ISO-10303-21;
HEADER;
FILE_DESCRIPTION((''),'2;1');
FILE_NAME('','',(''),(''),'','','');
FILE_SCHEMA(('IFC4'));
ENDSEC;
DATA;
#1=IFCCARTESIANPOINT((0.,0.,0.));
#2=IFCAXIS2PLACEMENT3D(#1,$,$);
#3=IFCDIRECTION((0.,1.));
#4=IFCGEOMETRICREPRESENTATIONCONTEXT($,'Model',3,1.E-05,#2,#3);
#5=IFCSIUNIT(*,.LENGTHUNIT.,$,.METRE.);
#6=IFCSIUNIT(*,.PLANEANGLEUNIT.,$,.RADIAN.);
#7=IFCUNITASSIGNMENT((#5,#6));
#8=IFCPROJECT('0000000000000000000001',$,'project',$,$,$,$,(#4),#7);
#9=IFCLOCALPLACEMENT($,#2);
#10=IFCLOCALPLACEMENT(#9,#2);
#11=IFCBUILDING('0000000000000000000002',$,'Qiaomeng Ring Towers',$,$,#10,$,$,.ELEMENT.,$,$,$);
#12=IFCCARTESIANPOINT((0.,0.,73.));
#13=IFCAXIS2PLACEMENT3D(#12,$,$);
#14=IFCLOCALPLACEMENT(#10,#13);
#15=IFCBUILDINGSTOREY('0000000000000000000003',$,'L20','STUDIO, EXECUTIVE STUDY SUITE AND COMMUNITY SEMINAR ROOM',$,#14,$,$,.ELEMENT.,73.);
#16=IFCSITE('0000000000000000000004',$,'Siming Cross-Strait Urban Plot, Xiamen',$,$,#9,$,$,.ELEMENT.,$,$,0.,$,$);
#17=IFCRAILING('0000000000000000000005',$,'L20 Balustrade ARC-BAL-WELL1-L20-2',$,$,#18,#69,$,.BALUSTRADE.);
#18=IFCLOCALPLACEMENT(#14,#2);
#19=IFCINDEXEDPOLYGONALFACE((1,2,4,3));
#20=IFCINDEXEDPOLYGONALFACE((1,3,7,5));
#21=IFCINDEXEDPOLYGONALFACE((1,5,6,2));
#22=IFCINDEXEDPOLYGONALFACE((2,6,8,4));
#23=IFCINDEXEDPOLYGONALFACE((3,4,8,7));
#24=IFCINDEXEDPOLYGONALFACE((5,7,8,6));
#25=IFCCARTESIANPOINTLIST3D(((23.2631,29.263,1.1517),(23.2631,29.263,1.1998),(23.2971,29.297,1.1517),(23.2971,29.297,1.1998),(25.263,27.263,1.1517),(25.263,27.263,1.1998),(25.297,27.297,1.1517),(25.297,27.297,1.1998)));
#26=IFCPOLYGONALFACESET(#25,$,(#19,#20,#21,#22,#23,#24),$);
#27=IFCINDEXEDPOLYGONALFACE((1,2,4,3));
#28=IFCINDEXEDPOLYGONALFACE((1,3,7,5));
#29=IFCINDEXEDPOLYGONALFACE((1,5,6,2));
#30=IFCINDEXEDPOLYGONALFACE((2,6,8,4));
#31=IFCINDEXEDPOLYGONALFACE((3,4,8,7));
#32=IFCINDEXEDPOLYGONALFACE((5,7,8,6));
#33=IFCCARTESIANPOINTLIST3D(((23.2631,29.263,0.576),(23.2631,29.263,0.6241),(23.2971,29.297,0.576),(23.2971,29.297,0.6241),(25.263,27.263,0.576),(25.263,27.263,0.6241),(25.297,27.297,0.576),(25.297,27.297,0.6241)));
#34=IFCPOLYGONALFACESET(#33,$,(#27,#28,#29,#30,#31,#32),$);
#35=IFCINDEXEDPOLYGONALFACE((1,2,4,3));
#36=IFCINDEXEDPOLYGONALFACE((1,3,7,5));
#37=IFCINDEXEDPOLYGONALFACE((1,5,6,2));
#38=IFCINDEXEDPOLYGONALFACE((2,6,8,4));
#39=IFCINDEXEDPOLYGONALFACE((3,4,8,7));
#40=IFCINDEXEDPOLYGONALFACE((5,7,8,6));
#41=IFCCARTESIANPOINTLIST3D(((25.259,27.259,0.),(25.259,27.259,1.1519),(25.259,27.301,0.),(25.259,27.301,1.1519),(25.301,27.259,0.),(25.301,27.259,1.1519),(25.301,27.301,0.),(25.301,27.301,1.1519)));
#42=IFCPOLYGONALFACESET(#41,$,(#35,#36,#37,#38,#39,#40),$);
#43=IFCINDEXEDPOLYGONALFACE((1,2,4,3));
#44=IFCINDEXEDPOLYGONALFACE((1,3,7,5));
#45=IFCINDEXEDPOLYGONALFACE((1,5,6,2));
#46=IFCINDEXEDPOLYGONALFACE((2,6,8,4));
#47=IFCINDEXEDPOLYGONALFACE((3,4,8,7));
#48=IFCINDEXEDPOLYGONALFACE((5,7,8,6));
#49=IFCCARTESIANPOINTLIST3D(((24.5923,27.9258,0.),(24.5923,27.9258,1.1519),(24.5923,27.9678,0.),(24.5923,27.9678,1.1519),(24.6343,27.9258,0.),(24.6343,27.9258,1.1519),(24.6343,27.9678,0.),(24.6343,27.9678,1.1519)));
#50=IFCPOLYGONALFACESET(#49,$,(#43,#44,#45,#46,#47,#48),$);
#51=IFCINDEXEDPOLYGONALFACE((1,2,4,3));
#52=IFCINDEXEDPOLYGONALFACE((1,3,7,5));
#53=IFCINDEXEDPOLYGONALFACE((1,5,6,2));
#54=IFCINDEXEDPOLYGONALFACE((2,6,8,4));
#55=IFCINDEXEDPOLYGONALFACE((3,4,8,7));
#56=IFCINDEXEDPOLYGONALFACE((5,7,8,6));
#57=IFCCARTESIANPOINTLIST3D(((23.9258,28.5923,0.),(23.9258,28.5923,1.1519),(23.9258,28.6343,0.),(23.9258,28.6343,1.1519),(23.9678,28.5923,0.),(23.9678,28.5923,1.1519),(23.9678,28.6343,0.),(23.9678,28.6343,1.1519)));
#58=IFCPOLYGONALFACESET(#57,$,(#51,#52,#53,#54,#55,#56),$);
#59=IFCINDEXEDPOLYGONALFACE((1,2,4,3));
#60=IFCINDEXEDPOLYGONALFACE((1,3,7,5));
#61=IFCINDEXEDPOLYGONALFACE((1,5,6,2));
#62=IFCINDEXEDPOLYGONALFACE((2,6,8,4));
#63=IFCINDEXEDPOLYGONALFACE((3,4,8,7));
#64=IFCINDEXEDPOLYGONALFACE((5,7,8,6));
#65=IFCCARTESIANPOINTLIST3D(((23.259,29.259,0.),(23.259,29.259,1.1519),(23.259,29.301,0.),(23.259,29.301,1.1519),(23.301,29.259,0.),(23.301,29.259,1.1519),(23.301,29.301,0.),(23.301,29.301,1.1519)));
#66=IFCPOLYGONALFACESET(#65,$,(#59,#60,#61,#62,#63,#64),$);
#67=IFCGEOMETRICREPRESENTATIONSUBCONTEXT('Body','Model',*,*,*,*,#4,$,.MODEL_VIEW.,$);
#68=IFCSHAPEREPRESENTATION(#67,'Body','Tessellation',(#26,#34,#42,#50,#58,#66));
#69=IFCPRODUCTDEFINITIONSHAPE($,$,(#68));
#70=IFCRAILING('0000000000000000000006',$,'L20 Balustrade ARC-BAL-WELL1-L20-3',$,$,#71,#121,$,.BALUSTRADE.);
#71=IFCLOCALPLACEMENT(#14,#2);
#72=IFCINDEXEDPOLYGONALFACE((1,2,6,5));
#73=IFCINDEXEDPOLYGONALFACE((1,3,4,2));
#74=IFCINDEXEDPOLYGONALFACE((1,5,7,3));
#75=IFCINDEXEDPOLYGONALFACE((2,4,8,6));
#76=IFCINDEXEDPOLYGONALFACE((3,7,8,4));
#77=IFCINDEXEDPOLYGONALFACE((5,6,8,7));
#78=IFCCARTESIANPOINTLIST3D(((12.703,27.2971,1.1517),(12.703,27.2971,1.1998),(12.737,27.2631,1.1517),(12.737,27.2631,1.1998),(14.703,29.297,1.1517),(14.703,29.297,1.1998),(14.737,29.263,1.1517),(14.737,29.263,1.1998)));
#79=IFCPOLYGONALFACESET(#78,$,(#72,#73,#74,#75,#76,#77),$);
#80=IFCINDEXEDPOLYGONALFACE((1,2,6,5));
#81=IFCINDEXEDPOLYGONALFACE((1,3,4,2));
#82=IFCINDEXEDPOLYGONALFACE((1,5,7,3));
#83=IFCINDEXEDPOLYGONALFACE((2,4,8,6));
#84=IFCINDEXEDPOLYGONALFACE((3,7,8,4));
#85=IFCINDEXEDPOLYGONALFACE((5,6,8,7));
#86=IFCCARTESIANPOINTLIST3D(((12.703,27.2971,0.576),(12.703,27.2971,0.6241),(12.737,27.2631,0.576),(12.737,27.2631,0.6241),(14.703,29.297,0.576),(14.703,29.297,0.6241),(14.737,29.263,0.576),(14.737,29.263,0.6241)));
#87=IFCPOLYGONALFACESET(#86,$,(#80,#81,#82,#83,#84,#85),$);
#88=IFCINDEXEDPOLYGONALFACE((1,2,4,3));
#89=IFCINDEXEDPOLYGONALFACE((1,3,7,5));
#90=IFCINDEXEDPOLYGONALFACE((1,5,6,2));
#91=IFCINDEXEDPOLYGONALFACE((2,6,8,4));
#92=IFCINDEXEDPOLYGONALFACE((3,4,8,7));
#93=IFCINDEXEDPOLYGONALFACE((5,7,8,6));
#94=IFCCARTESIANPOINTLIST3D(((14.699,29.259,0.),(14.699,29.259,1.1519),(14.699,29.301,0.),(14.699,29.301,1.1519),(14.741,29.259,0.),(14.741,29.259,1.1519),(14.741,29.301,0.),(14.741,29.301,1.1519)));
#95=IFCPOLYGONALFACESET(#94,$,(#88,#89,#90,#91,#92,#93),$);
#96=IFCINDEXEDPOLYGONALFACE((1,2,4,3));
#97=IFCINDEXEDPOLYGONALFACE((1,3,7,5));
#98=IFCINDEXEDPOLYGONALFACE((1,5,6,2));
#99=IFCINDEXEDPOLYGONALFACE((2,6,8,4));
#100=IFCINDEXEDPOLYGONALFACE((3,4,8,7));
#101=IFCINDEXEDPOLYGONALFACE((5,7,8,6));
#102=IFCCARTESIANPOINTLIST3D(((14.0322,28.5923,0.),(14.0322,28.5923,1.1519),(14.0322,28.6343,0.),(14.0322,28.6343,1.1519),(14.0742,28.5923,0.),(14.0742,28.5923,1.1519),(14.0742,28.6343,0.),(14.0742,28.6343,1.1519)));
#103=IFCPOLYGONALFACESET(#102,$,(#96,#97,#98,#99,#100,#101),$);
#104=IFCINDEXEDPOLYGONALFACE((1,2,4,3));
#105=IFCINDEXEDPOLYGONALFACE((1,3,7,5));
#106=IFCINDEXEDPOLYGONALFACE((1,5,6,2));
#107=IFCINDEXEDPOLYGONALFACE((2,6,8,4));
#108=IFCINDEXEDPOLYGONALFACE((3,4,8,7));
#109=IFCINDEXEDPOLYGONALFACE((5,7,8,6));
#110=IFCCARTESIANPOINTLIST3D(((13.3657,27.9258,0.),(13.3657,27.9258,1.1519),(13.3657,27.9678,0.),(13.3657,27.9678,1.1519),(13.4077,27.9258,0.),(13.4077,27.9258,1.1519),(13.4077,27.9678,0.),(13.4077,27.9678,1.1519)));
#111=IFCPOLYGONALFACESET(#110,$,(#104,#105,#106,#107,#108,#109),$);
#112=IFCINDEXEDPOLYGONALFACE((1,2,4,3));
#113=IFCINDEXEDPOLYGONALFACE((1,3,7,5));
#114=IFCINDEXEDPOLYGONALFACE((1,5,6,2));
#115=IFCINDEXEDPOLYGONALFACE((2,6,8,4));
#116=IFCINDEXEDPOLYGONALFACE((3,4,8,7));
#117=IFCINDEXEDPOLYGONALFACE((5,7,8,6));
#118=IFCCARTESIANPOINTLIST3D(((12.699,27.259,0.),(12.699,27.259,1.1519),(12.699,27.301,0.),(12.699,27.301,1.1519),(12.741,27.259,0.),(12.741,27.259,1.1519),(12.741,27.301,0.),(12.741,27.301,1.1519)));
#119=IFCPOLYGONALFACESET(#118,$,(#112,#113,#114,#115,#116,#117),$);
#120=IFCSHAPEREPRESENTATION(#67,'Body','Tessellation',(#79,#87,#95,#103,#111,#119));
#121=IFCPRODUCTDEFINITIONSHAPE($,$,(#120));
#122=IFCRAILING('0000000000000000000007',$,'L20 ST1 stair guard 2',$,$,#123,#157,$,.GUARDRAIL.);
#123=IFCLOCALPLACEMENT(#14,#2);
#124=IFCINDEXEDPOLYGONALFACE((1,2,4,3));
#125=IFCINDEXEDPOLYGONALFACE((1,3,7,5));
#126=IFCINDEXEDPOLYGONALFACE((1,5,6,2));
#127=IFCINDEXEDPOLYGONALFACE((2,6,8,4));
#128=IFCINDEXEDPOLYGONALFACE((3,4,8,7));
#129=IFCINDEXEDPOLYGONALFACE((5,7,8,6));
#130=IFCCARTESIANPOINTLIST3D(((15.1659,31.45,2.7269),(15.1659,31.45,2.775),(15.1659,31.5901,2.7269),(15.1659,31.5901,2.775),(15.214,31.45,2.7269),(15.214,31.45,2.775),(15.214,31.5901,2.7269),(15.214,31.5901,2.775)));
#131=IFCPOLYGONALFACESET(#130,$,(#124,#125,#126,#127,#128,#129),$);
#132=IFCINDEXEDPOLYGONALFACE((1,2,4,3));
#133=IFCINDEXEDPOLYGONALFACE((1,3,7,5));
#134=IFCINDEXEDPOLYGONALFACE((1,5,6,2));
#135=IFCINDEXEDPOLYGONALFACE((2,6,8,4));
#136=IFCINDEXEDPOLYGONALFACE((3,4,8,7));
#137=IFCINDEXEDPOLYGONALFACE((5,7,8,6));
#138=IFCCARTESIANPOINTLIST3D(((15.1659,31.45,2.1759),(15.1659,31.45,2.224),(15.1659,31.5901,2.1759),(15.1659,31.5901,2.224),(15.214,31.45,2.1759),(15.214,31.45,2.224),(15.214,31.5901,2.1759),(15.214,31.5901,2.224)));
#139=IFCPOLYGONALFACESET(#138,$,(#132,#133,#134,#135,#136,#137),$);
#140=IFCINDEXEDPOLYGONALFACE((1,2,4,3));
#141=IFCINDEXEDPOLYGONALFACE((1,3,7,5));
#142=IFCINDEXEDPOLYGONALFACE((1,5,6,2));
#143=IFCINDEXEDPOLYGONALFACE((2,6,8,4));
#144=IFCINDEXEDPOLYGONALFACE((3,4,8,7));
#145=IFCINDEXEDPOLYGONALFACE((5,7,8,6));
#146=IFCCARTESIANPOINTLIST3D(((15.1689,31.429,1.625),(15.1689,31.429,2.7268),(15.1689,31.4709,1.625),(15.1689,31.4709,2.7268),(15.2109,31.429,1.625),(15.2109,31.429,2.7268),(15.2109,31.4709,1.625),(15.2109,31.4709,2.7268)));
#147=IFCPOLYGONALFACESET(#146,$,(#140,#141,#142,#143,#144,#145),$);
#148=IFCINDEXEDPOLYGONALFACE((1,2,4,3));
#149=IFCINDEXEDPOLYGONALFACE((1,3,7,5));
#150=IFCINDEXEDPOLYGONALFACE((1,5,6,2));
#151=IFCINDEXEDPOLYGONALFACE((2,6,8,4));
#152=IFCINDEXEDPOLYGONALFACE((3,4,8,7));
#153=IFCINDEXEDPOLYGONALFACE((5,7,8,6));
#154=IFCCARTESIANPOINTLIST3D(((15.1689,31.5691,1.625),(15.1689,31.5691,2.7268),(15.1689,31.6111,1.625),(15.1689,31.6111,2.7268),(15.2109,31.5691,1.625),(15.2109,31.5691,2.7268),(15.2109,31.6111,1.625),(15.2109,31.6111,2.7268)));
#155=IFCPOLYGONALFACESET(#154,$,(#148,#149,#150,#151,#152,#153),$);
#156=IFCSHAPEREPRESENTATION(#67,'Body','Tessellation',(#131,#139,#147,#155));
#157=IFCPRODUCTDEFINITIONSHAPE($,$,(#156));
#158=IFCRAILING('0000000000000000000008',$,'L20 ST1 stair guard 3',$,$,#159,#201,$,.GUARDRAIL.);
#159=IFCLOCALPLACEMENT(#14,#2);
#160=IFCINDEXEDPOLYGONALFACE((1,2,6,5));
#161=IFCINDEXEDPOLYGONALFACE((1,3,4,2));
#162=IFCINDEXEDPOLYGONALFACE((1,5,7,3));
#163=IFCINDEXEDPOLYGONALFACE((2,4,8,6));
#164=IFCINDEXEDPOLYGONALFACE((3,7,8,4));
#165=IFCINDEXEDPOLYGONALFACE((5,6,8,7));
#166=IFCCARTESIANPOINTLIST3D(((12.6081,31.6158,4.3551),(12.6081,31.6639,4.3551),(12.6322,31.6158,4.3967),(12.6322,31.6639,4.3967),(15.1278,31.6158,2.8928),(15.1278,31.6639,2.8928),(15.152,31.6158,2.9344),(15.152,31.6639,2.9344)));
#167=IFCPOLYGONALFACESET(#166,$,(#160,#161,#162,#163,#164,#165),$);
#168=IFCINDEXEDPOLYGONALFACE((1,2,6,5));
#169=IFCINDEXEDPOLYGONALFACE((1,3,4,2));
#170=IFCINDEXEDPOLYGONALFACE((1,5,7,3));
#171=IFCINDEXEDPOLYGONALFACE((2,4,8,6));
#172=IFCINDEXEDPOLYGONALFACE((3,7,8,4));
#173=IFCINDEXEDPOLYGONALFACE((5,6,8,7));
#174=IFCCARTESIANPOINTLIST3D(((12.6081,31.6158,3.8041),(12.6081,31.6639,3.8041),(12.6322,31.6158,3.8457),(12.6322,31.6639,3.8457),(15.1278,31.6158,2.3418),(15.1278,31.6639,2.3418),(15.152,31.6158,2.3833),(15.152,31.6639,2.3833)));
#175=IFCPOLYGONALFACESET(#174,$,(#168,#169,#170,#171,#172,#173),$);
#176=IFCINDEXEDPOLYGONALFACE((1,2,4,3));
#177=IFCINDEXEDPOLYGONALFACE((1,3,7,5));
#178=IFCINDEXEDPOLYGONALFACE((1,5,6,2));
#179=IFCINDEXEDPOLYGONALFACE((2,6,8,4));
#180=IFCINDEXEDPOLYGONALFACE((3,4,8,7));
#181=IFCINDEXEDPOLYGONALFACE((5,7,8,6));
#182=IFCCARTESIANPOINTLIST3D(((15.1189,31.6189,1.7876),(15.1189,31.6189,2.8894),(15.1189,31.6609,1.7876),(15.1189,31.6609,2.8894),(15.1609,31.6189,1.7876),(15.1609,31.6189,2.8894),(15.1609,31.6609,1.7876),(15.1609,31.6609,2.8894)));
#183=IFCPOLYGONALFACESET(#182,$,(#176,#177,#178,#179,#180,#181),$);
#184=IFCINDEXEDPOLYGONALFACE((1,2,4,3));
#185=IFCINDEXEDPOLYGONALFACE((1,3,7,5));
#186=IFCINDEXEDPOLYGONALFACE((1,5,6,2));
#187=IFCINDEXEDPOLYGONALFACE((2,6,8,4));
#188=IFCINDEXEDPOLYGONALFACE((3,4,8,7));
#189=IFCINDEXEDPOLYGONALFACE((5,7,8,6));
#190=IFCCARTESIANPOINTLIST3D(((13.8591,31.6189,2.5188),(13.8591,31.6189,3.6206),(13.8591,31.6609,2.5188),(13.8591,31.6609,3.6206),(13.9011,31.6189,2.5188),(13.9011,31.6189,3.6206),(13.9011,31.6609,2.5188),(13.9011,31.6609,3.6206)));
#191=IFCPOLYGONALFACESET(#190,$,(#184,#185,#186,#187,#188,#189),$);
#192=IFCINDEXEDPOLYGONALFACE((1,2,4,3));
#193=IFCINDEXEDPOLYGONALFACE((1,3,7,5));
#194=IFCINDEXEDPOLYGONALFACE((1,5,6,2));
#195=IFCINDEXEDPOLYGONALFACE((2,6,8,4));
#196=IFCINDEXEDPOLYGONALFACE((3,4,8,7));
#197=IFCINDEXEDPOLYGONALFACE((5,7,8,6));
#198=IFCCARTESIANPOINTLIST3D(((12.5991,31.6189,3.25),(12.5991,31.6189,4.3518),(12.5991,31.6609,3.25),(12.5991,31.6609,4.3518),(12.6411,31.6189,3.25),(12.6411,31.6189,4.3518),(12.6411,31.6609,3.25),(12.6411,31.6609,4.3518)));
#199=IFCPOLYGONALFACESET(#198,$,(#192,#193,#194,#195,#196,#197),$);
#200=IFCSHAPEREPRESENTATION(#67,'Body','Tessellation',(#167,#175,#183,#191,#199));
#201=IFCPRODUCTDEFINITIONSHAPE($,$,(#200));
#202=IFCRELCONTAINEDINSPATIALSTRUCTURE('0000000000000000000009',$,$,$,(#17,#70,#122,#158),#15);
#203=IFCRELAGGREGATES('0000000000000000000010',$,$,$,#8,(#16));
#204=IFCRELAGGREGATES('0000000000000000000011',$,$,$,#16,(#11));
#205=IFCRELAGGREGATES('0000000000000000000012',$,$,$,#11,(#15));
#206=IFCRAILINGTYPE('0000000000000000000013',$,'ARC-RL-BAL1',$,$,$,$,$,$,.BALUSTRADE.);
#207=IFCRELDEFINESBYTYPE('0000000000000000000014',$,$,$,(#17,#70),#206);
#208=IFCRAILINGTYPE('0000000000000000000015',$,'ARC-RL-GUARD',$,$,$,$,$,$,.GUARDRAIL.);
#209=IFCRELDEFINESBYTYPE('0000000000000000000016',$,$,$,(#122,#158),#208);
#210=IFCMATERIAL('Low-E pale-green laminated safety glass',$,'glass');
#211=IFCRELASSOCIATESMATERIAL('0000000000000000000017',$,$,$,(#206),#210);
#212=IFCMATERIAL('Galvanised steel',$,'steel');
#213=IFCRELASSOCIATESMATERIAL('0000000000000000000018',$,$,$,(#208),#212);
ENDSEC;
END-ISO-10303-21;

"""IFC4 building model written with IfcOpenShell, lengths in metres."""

from ifc_helpers import new_model, si_unit, direction, frame, origin, origin_2d, place, context, subcontext, project, spatial, rectangle, extrude, material, type_object, element, save


model = new_model("IFC4")

# Units and contexts
model_context = context("Model", 3, precision=1e-05, world=origin(), true_north=direction((0.0, 1.0)))
body_context = subcontext(model_context, "Body", "Model", "MODEL_VIEW")
ifc_project = project(units=[si_unit("LENGTHUNIT", "METRE"), si_unit("PLANEANGLEUNIT", "RADIAN")], contexts=[model_context])

# Site, building, storey
site_placement = place(None, origin())
site = spatial("IfcSite", under=ifc_project, at=site_placement, Name="Siming Cross-Strait Urban Plot, Xiamen", CompositionType="ELEMENT", RefElevation=0.0)
building_placement = place(site_placement, origin())
building = spatial("IfcBuilding", under=site, at=building_placement, Name="Qiaomeng Ring Towers", CompositionType="ELEMENT")
storey_placement = place(building_placement, frame((0.0, 0.0, 73.0)))
storey = spatial("IfcBuildingStorey", under=building, at=storey_placement, Name="L20", Description="STUDIO, EXECUTIVE STUDY SUITE AND COMMUNITY SEMINAR ROOM", CompositionType="ELEMENT", Elevation=73.0)

# Railings
ifc_material_1 = material(Name="Low-E pale-green laminated safety glass", Category="glass")
railing_type_1 = type_object("IfcRailingType", Name="ARC-RL-BAL1", PredefinedType="BALUSTRADE", material=ifc_material_1)
railing_1_placement = place(storey_placement, frame((25.28, 27.28, 0.0)))
element("IfcRailing", 1, at=railing_1_placement, inside=storey, type_object=railing_type_1, Name="L20 Balustrade ARC-BAL-WELL1-L20-2", PredefinedType="BALUSTRADE", context=body_context, shape_type="SweptSolid", body=[
    extrude(rectangle(XDim=0.0481, YDim=0.0481, at=origin_2d()), frame((0.0, 0.0, 1.1758), z_axis=(-0.707107, 0.707107, 0.0), x_axis=(-0.707107, -0.707107, 0.0)), (0.0, 0.0, 1.0), 2.8284),
    extrude(rectangle(XDim=0.0481, YDim=0.0481, at=origin_2d()), frame((0.0, 0.0, 0.6001), z_axis=(-0.707107, 0.707107, 0.0), x_axis=(-0.707107, -0.707107, 0.0)), (0.0, 0.0, 1.0), 2.8284),
    extrude(rectangle(XDim=0.042, YDim=0.042, at=origin_2d()), origin(), (0.0, 0.0, 1.0), 1.1519),
    extrude(rectangle(XDim=0.042, YDim=0.042, at=origin_2d()), frame((-0.6667, 0.6667, 0.0)), (0.0, 0.0, 1.0), 1.1519),
    extrude(rectangle(XDim=0.042, YDim=0.042, at=origin_2d()), frame((-1.3333, 1.3333, 0.0)), (0.0, 0.0, 1.0), 1.1519),
    extrude(rectangle(XDim=0.042, YDim=0.042, at=origin_2d()), frame((-2.0, 2.0, 0.0)), (0.0, 0.0, 1.0), 1.1519),
])
railing_2_placement = place(storey_placement, frame((14.72, 29.28, 0.0)))
element("IfcRailing", 2, at=railing_2_placement, inside=storey, type_object=railing_type_1, Name="L20 Balustrade ARC-BAL-WELL1-L20-3", PredefinedType="BALUSTRADE", context=body_context, shape_type="SweptSolid", body=[
    extrude(rectangle(XDim=0.0481, YDim=0.0481, at=origin_2d()), frame((0.0, 0.0, 1.1758), z_axis=(-0.707107, -0.707107, 0.0), x_axis=(0.707107, -0.707107, 0.0)), (0.0, 0.0, 1.0), 2.8284),
    extrude(rectangle(XDim=0.0481, YDim=0.0481, at=origin_2d()), frame((0.0, 0.0, 0.6001), z_axis=(-0.707107, -0.707107, 0.0), x_axis=(0.707107, -0.707107, 0.0)), (0.0, 0.0, 1.0), 2.8284),
    extrude(rectangle(XDim=0.042, YDim=0.042, at=origin_2d()), origin(), (0.0, 0.0, 1.0), 1.1519),
    extrude(rectangle(XDim=0.042, YDim=0.042, at=origin_2d()), frame((-0.6667, -0.6667, 0.0)), (0.0, 0.0, 1.0), 1.1519),
    extrude(rectangle(XDim=0.042, YDim=0.042, at=origin_2d()), frame((-1.3333, -1.3333, 0.0)), (0.0, 0.0, 1.0), 1.1519),
    extrude(rectangle(XDim=0.042, YDim=0.042, at=origin_2d()), frame((-2.0, -2.0, 0.0)), (0.0, 0.0, 1.0), 1.1519),
])
ifc_material_2 = material(Name="Galvanised steel", Category="steel")
railing_type_2 = type_object("IfcRailingType", Name="ARC-RL-GUARD", PredefinedType="GUARDRAIL", material=ifc_material_2)
railing_3_placement = place(storey_placement, frame((15.1899, 31.45, 1.625)))
element("IfcRailing", 3, at=railing_3_placement, inside=storey, type_object=railing_type_2, Name="L20 ST1 stair guard 2", PredefinedType="GUARDRAIL", context=body_context, shape_type="SweptSolid", body=[
    extrude(rectangle(XDim=0.0481, YDim=0.0481, at=origin_2d()), frame((0.0, 0.0, 1.126), z_axis=(0.0, 1.0, 0.0), x_axis=(-1.0, 0.0, 0.0)), (0.0, 0.0, 1.0), 0.1401),
    extrude(rectangle(XDim=0.0481, YDim=0.0481, at=origin_2d()), frame((0.0, 0.0, 0.575), z_axis=(0.0, 1.0, 0.0), x_axis=(-1.0, 0.0, 0.0)), (0.0, 0.0, 1.0), 0.1401),
    extrude(rectangle(XDim=0.042, YDim=0.042, at=origin_2d()), origin(), (0.0, 0.0, 1.0), 1.1018),
    extrude(rectangle(XDim=0.042, YDim=0.042, at=origin_2d()), frame((0.0, 0.1401, 0.0)), (0.0, 0.0, 1.0), 1.1018),
])
railing_4_placement = place(storey_placement, frame((15.1399, 31.6399, 1.7876)))
element("IfcRailing", 4, at=railing_4_placement, inside=storey, type_object=railing_type_2, Name="L20 ST1 stair guard 3", PredefinedType="GUARDRAIL", context=body_context, shape_type="SweptSolid", body=[
    extrude(rectangle(XDim=0.0481, YDim=0.0481, at=origin_2d()), frame((0.0, 0.0, 1.126), z_axis=(-0.864892, 0.0, 0.501958), x_axis=(0.0, -1.0, 0.0)), (0.0, 0.0, 1.0), 2.9133),
    extrude(rectangle(XDim=0.0481, YDim=0.0481, at=origin_2d()), frame((0.0, 0.0, 0.575), z_axis=(-0.864892, 0.0, 0.501958), x_axis=(0.0, -1.0, 0.0)), (0.0, 0.0, 1.0), 2.9133),
    extrude(rectangle(XDim=0.042, YDim=0.042, at=origin_2d()), origin(), (0.0, 0.0, 1.0), 1.1018),
    extrude(rectangle(XDim=0.042, YDim=0.042, at=origin_2d()), frame((-1.2598, 0.0, 0.7312)), (0.0, 0.0, 1.0), 1.1018),
    extrude(rectangle(XDim=0.042, YDim=0.042, at=origin_2d()), frame((-2.5198, 0.0, 1.4624)), (0.0, 0.0, 1.0), 1.1018),
])

save(model, "model.ifc")
